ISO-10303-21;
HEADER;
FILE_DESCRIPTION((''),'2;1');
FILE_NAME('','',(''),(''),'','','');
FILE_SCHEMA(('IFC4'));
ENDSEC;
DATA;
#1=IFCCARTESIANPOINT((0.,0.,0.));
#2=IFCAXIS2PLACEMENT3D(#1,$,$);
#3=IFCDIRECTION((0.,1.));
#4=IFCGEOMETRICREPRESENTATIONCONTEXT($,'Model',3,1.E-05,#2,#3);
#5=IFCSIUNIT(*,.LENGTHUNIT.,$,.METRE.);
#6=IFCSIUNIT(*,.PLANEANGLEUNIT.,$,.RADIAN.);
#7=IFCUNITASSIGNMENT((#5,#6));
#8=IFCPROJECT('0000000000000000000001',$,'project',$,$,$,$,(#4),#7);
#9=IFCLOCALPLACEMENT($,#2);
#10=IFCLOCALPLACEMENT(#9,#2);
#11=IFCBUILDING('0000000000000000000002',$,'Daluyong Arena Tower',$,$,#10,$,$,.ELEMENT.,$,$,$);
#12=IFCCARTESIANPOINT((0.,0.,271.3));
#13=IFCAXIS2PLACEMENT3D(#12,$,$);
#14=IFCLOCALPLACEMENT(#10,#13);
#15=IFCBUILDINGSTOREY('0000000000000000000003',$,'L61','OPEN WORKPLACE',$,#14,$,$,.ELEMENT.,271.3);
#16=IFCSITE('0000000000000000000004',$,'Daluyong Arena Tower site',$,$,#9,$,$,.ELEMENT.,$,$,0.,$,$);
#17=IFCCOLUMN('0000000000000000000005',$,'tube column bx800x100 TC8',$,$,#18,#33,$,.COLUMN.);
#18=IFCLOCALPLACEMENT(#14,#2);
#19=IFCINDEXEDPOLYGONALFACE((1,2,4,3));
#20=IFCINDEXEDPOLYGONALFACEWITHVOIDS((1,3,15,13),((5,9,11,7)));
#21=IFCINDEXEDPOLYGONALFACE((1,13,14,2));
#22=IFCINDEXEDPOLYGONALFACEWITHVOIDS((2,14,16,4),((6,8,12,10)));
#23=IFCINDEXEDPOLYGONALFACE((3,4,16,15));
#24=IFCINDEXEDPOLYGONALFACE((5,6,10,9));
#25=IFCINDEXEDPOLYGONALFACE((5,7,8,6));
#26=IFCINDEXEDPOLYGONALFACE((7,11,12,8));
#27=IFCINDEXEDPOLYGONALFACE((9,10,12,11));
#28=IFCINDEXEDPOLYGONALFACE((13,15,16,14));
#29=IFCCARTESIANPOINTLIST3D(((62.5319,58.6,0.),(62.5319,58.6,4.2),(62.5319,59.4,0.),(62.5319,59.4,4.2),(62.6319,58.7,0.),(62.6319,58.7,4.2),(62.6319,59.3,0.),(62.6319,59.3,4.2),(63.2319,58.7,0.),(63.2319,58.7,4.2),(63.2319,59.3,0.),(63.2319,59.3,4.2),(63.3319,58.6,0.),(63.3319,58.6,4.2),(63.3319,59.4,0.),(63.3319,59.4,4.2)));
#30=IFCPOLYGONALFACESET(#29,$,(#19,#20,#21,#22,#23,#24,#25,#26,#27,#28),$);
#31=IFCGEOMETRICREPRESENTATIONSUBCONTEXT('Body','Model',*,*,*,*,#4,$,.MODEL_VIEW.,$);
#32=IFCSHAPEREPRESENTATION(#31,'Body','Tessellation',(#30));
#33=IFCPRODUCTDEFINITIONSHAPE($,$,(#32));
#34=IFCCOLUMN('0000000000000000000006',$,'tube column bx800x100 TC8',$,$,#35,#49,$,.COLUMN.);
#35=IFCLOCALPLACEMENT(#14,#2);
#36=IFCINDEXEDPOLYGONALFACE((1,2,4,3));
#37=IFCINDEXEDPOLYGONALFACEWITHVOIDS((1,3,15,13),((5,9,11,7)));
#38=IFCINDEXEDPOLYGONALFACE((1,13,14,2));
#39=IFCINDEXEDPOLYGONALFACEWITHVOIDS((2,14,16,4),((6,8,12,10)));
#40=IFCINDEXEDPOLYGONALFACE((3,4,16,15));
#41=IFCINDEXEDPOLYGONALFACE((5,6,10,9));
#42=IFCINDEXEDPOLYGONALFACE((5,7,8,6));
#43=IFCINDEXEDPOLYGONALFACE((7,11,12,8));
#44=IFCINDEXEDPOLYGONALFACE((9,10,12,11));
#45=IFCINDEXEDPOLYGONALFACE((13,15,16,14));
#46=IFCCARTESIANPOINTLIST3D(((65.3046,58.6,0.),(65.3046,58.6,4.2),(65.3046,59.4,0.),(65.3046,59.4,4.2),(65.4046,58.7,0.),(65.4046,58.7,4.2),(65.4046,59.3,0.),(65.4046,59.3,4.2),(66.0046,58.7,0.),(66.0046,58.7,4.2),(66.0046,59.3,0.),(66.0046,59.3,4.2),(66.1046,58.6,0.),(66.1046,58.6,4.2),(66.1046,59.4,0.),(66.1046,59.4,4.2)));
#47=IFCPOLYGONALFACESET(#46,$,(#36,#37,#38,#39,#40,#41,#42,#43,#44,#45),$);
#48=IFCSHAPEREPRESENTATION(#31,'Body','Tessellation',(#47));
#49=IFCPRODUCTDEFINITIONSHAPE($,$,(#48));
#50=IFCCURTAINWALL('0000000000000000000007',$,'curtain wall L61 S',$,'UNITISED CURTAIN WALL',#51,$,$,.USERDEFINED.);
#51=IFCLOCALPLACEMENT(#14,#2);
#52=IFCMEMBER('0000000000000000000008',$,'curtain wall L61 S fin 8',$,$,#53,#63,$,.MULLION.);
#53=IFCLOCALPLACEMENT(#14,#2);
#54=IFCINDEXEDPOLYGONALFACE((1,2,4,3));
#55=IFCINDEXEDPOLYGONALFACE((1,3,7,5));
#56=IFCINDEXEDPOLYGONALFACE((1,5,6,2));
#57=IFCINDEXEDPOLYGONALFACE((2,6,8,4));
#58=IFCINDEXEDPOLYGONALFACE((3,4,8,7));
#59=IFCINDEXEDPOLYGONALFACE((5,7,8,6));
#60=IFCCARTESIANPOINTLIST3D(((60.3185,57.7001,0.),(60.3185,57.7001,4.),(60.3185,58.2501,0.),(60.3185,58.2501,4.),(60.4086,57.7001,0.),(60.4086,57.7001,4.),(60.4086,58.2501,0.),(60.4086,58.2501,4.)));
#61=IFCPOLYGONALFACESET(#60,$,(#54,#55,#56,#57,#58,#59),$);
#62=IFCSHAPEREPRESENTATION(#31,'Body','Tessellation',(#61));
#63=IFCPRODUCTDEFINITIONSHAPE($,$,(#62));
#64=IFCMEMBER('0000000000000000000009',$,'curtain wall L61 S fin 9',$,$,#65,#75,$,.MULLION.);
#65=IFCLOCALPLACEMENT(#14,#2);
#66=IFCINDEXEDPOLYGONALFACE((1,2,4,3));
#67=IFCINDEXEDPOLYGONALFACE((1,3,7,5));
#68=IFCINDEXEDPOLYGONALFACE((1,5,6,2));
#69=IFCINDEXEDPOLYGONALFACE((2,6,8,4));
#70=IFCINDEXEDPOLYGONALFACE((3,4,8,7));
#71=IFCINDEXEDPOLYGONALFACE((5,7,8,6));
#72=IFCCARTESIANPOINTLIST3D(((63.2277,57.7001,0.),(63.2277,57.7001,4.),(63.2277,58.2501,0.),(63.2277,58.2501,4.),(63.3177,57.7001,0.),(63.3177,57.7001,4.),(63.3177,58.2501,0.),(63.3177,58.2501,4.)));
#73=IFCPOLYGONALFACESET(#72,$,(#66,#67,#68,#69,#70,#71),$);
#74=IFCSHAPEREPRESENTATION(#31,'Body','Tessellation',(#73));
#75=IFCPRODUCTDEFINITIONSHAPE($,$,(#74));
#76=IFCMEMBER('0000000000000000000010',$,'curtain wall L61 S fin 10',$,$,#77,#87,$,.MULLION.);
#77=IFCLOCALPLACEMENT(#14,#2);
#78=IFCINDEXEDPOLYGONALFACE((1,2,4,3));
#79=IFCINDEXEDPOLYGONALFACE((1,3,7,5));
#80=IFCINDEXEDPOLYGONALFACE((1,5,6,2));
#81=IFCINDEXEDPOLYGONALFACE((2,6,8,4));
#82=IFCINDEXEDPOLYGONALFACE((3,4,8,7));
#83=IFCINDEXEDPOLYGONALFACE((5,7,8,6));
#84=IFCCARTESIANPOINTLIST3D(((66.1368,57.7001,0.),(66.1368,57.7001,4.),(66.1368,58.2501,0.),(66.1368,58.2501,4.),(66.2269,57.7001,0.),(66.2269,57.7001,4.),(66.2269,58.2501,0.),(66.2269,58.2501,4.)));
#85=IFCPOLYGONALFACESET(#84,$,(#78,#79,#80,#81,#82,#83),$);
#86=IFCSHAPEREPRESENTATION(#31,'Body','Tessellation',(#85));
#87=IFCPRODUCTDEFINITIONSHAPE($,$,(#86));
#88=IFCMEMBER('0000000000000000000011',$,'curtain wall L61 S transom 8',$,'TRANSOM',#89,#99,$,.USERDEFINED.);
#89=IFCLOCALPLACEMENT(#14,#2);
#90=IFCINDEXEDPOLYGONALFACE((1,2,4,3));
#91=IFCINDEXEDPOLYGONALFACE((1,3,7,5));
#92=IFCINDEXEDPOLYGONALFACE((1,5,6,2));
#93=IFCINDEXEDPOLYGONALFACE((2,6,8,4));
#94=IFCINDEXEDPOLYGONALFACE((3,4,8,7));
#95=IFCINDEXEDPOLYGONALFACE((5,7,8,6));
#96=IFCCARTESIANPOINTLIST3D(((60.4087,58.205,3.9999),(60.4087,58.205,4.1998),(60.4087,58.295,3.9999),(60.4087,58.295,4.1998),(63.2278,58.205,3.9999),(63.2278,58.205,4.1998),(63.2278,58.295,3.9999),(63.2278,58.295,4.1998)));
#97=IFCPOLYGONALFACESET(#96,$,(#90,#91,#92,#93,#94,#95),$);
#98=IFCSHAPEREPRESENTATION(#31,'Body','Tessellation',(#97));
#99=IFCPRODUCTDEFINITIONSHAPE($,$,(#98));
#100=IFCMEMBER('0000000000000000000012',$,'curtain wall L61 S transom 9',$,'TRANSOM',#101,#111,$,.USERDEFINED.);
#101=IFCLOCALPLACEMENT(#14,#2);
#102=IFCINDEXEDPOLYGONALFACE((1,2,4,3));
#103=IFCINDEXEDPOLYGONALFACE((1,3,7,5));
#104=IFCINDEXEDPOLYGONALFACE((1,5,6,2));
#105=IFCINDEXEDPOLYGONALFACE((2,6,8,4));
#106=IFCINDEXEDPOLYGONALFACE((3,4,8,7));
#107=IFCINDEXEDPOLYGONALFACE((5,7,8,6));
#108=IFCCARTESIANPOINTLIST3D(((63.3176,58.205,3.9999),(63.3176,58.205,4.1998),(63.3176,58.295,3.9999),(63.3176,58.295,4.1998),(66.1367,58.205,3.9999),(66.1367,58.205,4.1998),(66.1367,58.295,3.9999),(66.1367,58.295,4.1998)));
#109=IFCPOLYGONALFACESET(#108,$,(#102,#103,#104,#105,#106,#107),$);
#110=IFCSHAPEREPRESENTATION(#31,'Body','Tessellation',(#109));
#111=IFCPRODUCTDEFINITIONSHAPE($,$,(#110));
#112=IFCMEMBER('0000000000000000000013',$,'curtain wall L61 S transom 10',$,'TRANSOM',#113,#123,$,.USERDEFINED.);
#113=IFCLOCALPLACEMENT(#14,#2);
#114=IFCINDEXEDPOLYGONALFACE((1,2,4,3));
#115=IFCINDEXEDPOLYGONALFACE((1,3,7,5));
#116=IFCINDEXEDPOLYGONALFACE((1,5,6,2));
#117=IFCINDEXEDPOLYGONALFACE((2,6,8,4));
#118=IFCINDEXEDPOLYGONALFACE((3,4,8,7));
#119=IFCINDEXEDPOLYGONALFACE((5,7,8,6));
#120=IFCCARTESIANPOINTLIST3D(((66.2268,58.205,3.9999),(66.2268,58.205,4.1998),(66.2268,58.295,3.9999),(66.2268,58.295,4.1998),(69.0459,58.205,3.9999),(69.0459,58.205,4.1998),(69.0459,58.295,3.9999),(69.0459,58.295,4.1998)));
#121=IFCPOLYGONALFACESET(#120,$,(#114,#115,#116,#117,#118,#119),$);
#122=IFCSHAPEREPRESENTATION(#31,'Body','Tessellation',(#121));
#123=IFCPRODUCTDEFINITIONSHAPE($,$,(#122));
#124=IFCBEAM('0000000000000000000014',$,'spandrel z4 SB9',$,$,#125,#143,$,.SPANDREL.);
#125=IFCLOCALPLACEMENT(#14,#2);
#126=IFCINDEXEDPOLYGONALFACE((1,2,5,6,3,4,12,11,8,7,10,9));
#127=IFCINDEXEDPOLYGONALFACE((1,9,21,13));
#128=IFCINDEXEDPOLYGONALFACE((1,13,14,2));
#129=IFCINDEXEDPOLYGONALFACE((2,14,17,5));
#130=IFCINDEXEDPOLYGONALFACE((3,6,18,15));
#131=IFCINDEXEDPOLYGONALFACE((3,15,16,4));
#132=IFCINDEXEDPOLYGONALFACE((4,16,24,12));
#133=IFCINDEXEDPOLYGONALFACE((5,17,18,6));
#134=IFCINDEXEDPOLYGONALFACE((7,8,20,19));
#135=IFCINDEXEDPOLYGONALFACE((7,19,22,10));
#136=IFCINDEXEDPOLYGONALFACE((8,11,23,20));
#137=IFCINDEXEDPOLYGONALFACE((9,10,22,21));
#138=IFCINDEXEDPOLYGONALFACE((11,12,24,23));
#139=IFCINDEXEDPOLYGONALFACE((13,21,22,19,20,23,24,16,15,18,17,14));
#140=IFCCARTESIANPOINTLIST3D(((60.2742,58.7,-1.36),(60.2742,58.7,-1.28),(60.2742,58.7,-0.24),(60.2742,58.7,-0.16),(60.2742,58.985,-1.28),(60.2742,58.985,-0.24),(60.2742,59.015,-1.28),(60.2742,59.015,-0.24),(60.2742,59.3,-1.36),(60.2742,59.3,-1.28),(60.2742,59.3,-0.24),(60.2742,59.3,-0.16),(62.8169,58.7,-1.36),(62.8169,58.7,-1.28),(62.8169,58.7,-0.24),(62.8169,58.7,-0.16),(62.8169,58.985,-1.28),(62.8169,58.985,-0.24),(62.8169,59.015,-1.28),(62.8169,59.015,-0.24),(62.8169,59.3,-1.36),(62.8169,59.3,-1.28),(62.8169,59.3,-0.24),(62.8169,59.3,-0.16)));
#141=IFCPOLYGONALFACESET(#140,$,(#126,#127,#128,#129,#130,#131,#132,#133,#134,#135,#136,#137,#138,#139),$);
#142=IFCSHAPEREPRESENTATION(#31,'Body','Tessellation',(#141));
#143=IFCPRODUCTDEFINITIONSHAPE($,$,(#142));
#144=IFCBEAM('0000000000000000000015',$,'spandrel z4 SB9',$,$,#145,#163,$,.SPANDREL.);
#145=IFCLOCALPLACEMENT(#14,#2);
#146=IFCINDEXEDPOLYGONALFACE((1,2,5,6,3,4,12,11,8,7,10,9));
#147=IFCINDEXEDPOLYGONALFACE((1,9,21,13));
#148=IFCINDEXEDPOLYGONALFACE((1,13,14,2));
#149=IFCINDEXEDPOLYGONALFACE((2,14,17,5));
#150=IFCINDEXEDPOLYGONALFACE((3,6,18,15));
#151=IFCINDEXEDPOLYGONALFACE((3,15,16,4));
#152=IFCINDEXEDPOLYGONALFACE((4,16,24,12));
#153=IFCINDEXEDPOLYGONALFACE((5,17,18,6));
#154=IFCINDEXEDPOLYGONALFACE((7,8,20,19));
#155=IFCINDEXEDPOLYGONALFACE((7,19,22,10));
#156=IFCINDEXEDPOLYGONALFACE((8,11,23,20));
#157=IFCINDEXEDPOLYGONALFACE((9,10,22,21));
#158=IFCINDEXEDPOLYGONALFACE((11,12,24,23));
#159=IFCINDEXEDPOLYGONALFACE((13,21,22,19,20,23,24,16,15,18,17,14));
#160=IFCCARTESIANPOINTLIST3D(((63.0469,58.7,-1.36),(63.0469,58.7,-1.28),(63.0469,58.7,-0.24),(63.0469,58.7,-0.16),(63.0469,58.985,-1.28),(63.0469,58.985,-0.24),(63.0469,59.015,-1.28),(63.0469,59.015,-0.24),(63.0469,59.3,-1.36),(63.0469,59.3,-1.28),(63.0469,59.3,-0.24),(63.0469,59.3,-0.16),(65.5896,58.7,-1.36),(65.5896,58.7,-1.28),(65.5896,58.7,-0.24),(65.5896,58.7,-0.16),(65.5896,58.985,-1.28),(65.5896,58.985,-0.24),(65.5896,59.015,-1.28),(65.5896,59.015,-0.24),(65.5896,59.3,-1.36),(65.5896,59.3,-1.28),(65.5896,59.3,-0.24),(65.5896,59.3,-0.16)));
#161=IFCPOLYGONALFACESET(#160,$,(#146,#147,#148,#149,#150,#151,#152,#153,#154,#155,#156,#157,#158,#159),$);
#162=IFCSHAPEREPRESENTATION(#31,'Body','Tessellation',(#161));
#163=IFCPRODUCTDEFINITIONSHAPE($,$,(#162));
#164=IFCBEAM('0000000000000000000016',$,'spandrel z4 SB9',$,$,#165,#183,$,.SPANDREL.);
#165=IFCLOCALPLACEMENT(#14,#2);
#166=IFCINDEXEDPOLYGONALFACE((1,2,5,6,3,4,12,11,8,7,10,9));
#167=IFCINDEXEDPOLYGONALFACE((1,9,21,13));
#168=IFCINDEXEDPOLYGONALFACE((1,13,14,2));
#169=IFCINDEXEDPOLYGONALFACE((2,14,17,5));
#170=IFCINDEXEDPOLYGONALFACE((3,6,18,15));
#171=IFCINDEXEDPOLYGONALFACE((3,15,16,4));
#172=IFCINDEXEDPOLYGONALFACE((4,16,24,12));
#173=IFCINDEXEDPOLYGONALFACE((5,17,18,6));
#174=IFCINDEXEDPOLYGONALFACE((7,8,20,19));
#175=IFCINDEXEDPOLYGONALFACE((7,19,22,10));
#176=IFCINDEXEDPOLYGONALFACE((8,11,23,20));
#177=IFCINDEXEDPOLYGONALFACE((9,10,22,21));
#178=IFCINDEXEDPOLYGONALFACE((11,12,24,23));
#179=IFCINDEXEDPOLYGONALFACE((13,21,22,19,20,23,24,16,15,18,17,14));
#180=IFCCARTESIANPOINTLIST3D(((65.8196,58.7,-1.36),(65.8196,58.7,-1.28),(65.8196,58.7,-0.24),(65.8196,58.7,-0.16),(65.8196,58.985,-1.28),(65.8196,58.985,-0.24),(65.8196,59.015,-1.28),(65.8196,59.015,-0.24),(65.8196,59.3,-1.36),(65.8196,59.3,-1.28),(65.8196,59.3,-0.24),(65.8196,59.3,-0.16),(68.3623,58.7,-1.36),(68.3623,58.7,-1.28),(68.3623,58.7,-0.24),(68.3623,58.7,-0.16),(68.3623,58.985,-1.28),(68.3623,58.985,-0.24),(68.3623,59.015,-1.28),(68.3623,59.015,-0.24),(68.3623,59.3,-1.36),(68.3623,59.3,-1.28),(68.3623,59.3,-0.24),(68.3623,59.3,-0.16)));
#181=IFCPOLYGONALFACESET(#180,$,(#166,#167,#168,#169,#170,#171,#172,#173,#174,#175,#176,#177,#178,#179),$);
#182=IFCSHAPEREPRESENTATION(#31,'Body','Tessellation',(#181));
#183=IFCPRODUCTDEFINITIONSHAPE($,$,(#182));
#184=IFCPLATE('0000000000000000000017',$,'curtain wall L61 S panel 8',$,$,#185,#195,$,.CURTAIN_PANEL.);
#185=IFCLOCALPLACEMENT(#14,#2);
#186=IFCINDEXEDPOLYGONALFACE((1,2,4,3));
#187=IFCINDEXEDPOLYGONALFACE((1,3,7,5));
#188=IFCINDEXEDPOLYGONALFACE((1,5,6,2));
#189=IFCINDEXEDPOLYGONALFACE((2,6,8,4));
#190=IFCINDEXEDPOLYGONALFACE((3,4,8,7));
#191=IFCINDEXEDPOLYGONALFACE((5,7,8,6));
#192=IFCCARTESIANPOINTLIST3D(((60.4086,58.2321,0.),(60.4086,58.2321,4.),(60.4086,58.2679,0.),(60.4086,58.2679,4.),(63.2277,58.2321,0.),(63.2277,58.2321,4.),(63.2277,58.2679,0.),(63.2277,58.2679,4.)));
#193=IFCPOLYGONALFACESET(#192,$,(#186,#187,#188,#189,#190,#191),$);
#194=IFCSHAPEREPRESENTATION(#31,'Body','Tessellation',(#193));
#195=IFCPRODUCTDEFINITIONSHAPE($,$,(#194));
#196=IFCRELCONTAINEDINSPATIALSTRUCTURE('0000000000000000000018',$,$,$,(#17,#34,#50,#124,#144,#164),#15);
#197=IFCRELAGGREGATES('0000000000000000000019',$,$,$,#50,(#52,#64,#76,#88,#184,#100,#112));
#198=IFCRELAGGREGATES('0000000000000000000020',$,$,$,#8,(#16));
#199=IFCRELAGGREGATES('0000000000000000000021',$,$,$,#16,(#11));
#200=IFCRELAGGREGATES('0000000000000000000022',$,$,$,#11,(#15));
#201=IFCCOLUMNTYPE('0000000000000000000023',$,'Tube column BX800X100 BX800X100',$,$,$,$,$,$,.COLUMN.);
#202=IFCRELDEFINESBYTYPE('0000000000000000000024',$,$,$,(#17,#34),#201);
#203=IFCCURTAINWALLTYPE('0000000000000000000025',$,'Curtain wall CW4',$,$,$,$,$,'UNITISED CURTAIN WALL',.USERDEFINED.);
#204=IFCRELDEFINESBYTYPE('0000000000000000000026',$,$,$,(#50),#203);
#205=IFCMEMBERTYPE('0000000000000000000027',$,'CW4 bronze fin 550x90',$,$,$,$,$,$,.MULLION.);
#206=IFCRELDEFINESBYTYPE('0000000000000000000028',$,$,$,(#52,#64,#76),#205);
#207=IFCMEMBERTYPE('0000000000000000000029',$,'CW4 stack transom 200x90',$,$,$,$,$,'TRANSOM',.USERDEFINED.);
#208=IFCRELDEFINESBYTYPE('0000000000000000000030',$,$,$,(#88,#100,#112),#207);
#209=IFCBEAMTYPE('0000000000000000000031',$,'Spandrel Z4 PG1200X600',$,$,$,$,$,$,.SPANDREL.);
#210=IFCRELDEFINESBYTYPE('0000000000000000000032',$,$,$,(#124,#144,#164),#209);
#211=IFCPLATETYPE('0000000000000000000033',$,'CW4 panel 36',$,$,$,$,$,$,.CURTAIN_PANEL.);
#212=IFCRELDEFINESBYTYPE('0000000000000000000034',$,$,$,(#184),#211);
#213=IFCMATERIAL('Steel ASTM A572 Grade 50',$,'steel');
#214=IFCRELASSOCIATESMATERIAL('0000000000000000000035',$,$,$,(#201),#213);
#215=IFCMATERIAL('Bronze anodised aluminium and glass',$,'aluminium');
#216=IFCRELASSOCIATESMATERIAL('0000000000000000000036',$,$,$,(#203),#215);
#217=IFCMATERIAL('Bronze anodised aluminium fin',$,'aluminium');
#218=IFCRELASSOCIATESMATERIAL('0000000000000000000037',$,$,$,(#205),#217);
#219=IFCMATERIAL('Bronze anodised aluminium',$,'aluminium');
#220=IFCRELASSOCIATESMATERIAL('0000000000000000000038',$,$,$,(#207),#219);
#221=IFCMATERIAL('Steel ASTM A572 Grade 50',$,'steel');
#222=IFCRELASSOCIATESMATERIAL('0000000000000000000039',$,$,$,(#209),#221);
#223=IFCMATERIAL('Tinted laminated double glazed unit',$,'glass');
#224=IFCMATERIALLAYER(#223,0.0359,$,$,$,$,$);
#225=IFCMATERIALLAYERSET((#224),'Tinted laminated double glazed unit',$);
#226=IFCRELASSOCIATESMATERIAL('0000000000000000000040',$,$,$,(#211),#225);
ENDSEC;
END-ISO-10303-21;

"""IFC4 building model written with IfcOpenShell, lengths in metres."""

from ifc_helpers import new_model, si_unit, direction, frame, origin, origin_2d, place, context, subcontext, project, spatial, rectangle, hollow_rectangle, i_section, extrude, material, layer, layer_set, material_profile, profile_set, type_object, element, aggregate, save


model = new_model("IFC4")

# Units and contexts
model_context = context("Model", 3, precision=1e-05, world=origin(), true_north=direction((0.0, 1.0)))
body_context = subcontext(model_context, "Body", "Model", "MODEL_VIEW")
ifc_project = project(units=[si_unit("LENGTHUNIT", "METRE"), si_unit("PLANEANGLEUNIT", "RADIAN")], contexts=[model_context])

# Site, building, storey
site_placement = place(None, origin())
site = spatial("IfcSite", under=ifc_project, at=site_placement, Name="Daluyong Arena Tower site", CompositionType="ELEMENT", RefElevation=0.0)
building_placement = place(site_placement, origin())
building = spatial("IfcBuilding", under=site, at=building_placement, Name="Daluyong Arena Tower", CompositionType="ELEMENT")
storey_placement = place(building_placement, frame((0.0, 0.0, 271.3)))
storey = spatial("IfcBuildingStorey", under=building, at=storey_placement, Name="L61", Description="OPEN WORKPLACE", CompositionType="ELEMENT", Elevation=271.3)

# Columns
ifc_material_1 = material(Name="Steel ASTM A572 Grade 50", Category="steel")
ifc_material_profile_1 = material_profile(ifc_material_1, hollow_rectangle(XDim=0.8, YDim=0.8, WallThickness=0.1, at=origin_2d()))
ifc_profile_set_1 = profile_set([ifc_material_profile_1], Name="Steel ASTM A572 Grade 50")
column_type = type_object("IfcColumnType", Name="Tube column BX800X100 BX800X100", PredefinedType="COLUMN", material=ifc_profile_set_1)
for number, where, z_axis, x_axis, name in (
    (1, (62.9319, 59.0, 0.0), (0.0, 0.0, 1.0), (1.0, 0.0, 0.0), "tube column bx800x100 TC8"),
    (2, (65.7046, 59.0, 0.0), (0.0, 0.0, 1.0), (1.0, 0.0, 0.0), "tube column bx800x100 TC8"),
):
    element("IfcColumn", number, at=place(storey_placement, frame(where, z_axis=z_axis, x_axis=x_axis)), inside=storey, type_object=column_type, Name=name, PredefinedType="COLUMN", context=body_context, shape_type="SweptSolid", body=[
        extrude(hollow_rectangle(XDim=0.8, YDim=0.8, WallThickness=0.1, at=origin_2d()), origin(), (0.0, 0.0, 1.0), 4.2),
    ])

# Curtain wall, members
ifc_material_2 = material(Name="Bronze anodised aluminium and glass", Category="aluminium")
curtain_wall_type = type_object("IfcCurtainWallType", Name="Curtain wall CW4", ElementType="UNITISED CURTAIN WALL", PredefinedType="USERDEFINED", material=ifc_material_2)
curtain_wall_placement = place(storey_placement, origin())
curtain_wall = element("IfcCurtainWall", 3, at=curtain_wall_placement, inside=storey, type_object=curtain_wall_type, Name="curtain wall L61 S", ObjectType="UNITISED CURTAIN WALL", PredefinedType="USERDEFINED")
ifc_material_3 = material(Name="Bronze anodised aluminium fin", Category="aluminium")
ifc_material_profile_2 = material_profile(ifc_material_3, rectangle(XDim=0.55, YDim=0.0901, at=origin_2d()))
ifc_profile_set_2 = profile_set([ifc_material_profile_2], Name="Bronze anodised aluminium fin")
member_type_1 = type_object("IfcMemberType", Name="CW4 bronze fin 550x90", PredefinedType="MULLION", material=ifc_profile_set_2)
member_1_placement = place(storey_placement, frame((60.3635, 57.9751, 0.0), z_axis=(0.0, 0.0, 1.0), x_axis=(0.0, 1.0, 0.0)))
member_1 = element("IfcMember", 4, at=member_1_placement, type_object=member_type_1, Name="curtain wall L61 S fin 8", PredefinedType="MULLION", context=body_context, shape_type="SweptSolid", body=[
    extrude(rectangle(XDim=0.55, YDim=0.0901, at=origin_2d()), origin(), (0.0, 0.0, 1.0), 4.0),
])
member_2_placement = place(storey_placement, frame((63.2727, 57.9751, 0.0), z_axis=(0.0, 0.0, 1.0), x_axis=(0.0, 1.0, 0.0)))
member_2 = element("IfcMember", 5, at=member_2_placement, type_object=member_type_1, Name="curtain wall L61 S fin 9", PredefinedType="MULLION", context=body_context, shape_type="SweptSolid", body=[
    extrude(rectangle(XDim=0.55, YDim=0.0901, at=origin_2d()), origin(), (0.0, 0.0, 1.0), 4.0),
])
member_3_placement = place(storey_placement, frame((66.1819, 57.9751, 0.0), z_axis=(0.0, 0.0, 1.0), x_axis=(0.0, 1.0, 0.0)))
member_3 = element("IfcMember", 6, at=member_3_placement, type_object=member_type_1, Name="curtain wall L61 S fin 10", PredefinedType="MULLION", context=body_context, shape_type="SweptSolid", body=[
    extrude(rectangle(XDim=0.55, YDim=0.0901, at=origin_2d()), origin(), (0.0, 0.0, 1.0), 4.0),
])
ifc_material_4 = material(Name="Bronze anodised aluminium", Category="aluminium")
ifc_material_profile_3 = material_profile(ifc_material_4, rectangle(XDim=0.0901, YDim=0.2, at=origin_2d()))
ifc_profile_set_3 = profile_set([ifc_material_profile_3], Name="Bronze anodised aluminium")
member_type_2 = type_object("IfcMemberType", Name="CW4 stack transom 200x90", ElementType="TRANSOM", PredefinedType="USERDEFINED", material=ifc_profile_set_3)
member_4_placement = place(storey_placement, frame((60.4087, 58.25, 4.0999), z_axis=(1.0, 0.0, 0.0), x_axis=(0.0, 1.0, 0.0)))
member_4 = element("IfcMember", 7, at=member_4_placement, type_object=member_type_2, Name="curtain wall L61 S transom 8", ObjectType="TRANSOM", PredefinedType="USERDEFINED", context=body_context, shape_type="SweptSolid", body=[
    extrude(rectangle(XDim=0.0901, YDim=0.2, at=origin_2d()), origin(), (0.0, 0.0, 1.0), 2.8191),
])
member_5_placement = place(storey_placement, frame((63.3176, 58.25, 4.0999), z_axis=(1.0, 0.0, 0.0), x_axis=(0.0, 1.0, 0.0)))
member_5 = element("IfcMember", 8, at=member_5_placement, type_object=member_type_2, Name="curtain wall L61 S transom 9", ObjectType="TRANSOM", PredefinedType="USERDEFINED", context=body_context, shape_type="SweptSolid", body=[
    extrude(rectangle(XDim=0.0901, YDim=0.2, at=origin_2d()), origin(), (0.0, 0.0, 1.0), 2.8191),
])
member_6_placement = place(storey_placement, frame((66.2268, 58.25, 4.0999), z_axis=(1.0, 0.0, 0.0), x_axis=(0.0, 1.0, 0.0)))
member_6 = element("IfcMember", 9, at=member_6_placement, type_object=member_type_2, Name="curtain wall L61 S transom 10", ObjectType="TRANSOM", PredefinedType="USERDEFINED", context=body_context, shape_type="SweptSolid", body=[
    extrude(rectangle(XDim=0.0901, YDim=0.2, at=origin_2d()), origin(), (0.0, 0.0, 1.0), 2.8191),
])

# Beams
ifc_material_5 = material(Name="Steel ASTM A572 Grade 50", Category="steel")
ifc_material_profile_4 = material_profile(ifc_material_5, i_section(OverallWidth=0.6001, OverallDepth=1.2, WebThickness=0.03, FlangeThickness=0.08, at=origin_2d()))
ifc_profile_set_4 = profile_set([ifc_material_profile_4], Name="Steel ASTM A572 Grade 50")
beam_type = type_object("IfcBeamType", Name="Spandrel Z4 PG1200X600", PredefinedType="SPANDREL", material=ifc_profile_set_4)
for number, where, z_axis, x_axis, name in (
    (10, (60.2742, 59.0, -0.76), (1.0, 0.0, 0.0), (0.0, 1.0, 0.0), "spandrel z4 SB9"),
    (11, (63.0469, 59.0, -0.76), (1.0, 0.0, 0.0), (0.0, 1.0, 0.0), "spandrel z4 SB9"),
    (12, (65.8196, 59.0, -0.76), (1.0, 0.0, 0.0), (0.0, 1.0, 0.0), "spandrel z4 SB9"),
):
    element("IfcBeam", number, at=place(storey_placement, frame(where, z_axis=z_axis, x_axis=x_axis)), inside=storey, type_object=beam_type, Name=name, PredefinedType="SPANDREL", context=body_context, shape_type="SweptSolid", body=[
        extrude(i_section(OverallWidth=0.6001, OverallDepth=1.2, WebThickness=0.03, FlangeThickness=0.08, at=origin_2d()), origin(), (0.0, 0.0, 1.0), 2.5427),
    ])

# Plate
ifc_material_6 = material(Name="Tinted laminated double glazed unit", Category="glass")
ifc_layer = layer(ifc_material_6, 0.0359)
ifc_layer_set = layer_set([ifc_layer], Name="Tinted laminated double glazed unit")
plate_type = type_object("IfcPlateType", Name="CW4 panel 36", PredefinedType="CURTAIN_PANEL", material=ifc_layer_set)
plate_1_placement = place(storey_placement, frame((61.8181, 58.25, 0.0), z_axis=(0.0, 0.0, 1.0), x_axis=(1.0, 0.0, 0.0)))
plate_1 = element("IfcPlate", 13, at=plate_1_placement, type_object=plate_type, Name="curtain wall L61 S panel 8", PredefinedType="CURTAIN_PANEL", context=body_context, shape_type="SweptSolid", body=[
    extrude(rectangle(XDim=2.8191, YDim=0.0359, at=origin_2d()), origin(), (0.0, 0.0, 1.0), 4.0),
])
aggregate(curtain_wall, [member_1, member_2, member_3, member_4, plate_1, member_5, member_6])

save(model, "model.ifc")
